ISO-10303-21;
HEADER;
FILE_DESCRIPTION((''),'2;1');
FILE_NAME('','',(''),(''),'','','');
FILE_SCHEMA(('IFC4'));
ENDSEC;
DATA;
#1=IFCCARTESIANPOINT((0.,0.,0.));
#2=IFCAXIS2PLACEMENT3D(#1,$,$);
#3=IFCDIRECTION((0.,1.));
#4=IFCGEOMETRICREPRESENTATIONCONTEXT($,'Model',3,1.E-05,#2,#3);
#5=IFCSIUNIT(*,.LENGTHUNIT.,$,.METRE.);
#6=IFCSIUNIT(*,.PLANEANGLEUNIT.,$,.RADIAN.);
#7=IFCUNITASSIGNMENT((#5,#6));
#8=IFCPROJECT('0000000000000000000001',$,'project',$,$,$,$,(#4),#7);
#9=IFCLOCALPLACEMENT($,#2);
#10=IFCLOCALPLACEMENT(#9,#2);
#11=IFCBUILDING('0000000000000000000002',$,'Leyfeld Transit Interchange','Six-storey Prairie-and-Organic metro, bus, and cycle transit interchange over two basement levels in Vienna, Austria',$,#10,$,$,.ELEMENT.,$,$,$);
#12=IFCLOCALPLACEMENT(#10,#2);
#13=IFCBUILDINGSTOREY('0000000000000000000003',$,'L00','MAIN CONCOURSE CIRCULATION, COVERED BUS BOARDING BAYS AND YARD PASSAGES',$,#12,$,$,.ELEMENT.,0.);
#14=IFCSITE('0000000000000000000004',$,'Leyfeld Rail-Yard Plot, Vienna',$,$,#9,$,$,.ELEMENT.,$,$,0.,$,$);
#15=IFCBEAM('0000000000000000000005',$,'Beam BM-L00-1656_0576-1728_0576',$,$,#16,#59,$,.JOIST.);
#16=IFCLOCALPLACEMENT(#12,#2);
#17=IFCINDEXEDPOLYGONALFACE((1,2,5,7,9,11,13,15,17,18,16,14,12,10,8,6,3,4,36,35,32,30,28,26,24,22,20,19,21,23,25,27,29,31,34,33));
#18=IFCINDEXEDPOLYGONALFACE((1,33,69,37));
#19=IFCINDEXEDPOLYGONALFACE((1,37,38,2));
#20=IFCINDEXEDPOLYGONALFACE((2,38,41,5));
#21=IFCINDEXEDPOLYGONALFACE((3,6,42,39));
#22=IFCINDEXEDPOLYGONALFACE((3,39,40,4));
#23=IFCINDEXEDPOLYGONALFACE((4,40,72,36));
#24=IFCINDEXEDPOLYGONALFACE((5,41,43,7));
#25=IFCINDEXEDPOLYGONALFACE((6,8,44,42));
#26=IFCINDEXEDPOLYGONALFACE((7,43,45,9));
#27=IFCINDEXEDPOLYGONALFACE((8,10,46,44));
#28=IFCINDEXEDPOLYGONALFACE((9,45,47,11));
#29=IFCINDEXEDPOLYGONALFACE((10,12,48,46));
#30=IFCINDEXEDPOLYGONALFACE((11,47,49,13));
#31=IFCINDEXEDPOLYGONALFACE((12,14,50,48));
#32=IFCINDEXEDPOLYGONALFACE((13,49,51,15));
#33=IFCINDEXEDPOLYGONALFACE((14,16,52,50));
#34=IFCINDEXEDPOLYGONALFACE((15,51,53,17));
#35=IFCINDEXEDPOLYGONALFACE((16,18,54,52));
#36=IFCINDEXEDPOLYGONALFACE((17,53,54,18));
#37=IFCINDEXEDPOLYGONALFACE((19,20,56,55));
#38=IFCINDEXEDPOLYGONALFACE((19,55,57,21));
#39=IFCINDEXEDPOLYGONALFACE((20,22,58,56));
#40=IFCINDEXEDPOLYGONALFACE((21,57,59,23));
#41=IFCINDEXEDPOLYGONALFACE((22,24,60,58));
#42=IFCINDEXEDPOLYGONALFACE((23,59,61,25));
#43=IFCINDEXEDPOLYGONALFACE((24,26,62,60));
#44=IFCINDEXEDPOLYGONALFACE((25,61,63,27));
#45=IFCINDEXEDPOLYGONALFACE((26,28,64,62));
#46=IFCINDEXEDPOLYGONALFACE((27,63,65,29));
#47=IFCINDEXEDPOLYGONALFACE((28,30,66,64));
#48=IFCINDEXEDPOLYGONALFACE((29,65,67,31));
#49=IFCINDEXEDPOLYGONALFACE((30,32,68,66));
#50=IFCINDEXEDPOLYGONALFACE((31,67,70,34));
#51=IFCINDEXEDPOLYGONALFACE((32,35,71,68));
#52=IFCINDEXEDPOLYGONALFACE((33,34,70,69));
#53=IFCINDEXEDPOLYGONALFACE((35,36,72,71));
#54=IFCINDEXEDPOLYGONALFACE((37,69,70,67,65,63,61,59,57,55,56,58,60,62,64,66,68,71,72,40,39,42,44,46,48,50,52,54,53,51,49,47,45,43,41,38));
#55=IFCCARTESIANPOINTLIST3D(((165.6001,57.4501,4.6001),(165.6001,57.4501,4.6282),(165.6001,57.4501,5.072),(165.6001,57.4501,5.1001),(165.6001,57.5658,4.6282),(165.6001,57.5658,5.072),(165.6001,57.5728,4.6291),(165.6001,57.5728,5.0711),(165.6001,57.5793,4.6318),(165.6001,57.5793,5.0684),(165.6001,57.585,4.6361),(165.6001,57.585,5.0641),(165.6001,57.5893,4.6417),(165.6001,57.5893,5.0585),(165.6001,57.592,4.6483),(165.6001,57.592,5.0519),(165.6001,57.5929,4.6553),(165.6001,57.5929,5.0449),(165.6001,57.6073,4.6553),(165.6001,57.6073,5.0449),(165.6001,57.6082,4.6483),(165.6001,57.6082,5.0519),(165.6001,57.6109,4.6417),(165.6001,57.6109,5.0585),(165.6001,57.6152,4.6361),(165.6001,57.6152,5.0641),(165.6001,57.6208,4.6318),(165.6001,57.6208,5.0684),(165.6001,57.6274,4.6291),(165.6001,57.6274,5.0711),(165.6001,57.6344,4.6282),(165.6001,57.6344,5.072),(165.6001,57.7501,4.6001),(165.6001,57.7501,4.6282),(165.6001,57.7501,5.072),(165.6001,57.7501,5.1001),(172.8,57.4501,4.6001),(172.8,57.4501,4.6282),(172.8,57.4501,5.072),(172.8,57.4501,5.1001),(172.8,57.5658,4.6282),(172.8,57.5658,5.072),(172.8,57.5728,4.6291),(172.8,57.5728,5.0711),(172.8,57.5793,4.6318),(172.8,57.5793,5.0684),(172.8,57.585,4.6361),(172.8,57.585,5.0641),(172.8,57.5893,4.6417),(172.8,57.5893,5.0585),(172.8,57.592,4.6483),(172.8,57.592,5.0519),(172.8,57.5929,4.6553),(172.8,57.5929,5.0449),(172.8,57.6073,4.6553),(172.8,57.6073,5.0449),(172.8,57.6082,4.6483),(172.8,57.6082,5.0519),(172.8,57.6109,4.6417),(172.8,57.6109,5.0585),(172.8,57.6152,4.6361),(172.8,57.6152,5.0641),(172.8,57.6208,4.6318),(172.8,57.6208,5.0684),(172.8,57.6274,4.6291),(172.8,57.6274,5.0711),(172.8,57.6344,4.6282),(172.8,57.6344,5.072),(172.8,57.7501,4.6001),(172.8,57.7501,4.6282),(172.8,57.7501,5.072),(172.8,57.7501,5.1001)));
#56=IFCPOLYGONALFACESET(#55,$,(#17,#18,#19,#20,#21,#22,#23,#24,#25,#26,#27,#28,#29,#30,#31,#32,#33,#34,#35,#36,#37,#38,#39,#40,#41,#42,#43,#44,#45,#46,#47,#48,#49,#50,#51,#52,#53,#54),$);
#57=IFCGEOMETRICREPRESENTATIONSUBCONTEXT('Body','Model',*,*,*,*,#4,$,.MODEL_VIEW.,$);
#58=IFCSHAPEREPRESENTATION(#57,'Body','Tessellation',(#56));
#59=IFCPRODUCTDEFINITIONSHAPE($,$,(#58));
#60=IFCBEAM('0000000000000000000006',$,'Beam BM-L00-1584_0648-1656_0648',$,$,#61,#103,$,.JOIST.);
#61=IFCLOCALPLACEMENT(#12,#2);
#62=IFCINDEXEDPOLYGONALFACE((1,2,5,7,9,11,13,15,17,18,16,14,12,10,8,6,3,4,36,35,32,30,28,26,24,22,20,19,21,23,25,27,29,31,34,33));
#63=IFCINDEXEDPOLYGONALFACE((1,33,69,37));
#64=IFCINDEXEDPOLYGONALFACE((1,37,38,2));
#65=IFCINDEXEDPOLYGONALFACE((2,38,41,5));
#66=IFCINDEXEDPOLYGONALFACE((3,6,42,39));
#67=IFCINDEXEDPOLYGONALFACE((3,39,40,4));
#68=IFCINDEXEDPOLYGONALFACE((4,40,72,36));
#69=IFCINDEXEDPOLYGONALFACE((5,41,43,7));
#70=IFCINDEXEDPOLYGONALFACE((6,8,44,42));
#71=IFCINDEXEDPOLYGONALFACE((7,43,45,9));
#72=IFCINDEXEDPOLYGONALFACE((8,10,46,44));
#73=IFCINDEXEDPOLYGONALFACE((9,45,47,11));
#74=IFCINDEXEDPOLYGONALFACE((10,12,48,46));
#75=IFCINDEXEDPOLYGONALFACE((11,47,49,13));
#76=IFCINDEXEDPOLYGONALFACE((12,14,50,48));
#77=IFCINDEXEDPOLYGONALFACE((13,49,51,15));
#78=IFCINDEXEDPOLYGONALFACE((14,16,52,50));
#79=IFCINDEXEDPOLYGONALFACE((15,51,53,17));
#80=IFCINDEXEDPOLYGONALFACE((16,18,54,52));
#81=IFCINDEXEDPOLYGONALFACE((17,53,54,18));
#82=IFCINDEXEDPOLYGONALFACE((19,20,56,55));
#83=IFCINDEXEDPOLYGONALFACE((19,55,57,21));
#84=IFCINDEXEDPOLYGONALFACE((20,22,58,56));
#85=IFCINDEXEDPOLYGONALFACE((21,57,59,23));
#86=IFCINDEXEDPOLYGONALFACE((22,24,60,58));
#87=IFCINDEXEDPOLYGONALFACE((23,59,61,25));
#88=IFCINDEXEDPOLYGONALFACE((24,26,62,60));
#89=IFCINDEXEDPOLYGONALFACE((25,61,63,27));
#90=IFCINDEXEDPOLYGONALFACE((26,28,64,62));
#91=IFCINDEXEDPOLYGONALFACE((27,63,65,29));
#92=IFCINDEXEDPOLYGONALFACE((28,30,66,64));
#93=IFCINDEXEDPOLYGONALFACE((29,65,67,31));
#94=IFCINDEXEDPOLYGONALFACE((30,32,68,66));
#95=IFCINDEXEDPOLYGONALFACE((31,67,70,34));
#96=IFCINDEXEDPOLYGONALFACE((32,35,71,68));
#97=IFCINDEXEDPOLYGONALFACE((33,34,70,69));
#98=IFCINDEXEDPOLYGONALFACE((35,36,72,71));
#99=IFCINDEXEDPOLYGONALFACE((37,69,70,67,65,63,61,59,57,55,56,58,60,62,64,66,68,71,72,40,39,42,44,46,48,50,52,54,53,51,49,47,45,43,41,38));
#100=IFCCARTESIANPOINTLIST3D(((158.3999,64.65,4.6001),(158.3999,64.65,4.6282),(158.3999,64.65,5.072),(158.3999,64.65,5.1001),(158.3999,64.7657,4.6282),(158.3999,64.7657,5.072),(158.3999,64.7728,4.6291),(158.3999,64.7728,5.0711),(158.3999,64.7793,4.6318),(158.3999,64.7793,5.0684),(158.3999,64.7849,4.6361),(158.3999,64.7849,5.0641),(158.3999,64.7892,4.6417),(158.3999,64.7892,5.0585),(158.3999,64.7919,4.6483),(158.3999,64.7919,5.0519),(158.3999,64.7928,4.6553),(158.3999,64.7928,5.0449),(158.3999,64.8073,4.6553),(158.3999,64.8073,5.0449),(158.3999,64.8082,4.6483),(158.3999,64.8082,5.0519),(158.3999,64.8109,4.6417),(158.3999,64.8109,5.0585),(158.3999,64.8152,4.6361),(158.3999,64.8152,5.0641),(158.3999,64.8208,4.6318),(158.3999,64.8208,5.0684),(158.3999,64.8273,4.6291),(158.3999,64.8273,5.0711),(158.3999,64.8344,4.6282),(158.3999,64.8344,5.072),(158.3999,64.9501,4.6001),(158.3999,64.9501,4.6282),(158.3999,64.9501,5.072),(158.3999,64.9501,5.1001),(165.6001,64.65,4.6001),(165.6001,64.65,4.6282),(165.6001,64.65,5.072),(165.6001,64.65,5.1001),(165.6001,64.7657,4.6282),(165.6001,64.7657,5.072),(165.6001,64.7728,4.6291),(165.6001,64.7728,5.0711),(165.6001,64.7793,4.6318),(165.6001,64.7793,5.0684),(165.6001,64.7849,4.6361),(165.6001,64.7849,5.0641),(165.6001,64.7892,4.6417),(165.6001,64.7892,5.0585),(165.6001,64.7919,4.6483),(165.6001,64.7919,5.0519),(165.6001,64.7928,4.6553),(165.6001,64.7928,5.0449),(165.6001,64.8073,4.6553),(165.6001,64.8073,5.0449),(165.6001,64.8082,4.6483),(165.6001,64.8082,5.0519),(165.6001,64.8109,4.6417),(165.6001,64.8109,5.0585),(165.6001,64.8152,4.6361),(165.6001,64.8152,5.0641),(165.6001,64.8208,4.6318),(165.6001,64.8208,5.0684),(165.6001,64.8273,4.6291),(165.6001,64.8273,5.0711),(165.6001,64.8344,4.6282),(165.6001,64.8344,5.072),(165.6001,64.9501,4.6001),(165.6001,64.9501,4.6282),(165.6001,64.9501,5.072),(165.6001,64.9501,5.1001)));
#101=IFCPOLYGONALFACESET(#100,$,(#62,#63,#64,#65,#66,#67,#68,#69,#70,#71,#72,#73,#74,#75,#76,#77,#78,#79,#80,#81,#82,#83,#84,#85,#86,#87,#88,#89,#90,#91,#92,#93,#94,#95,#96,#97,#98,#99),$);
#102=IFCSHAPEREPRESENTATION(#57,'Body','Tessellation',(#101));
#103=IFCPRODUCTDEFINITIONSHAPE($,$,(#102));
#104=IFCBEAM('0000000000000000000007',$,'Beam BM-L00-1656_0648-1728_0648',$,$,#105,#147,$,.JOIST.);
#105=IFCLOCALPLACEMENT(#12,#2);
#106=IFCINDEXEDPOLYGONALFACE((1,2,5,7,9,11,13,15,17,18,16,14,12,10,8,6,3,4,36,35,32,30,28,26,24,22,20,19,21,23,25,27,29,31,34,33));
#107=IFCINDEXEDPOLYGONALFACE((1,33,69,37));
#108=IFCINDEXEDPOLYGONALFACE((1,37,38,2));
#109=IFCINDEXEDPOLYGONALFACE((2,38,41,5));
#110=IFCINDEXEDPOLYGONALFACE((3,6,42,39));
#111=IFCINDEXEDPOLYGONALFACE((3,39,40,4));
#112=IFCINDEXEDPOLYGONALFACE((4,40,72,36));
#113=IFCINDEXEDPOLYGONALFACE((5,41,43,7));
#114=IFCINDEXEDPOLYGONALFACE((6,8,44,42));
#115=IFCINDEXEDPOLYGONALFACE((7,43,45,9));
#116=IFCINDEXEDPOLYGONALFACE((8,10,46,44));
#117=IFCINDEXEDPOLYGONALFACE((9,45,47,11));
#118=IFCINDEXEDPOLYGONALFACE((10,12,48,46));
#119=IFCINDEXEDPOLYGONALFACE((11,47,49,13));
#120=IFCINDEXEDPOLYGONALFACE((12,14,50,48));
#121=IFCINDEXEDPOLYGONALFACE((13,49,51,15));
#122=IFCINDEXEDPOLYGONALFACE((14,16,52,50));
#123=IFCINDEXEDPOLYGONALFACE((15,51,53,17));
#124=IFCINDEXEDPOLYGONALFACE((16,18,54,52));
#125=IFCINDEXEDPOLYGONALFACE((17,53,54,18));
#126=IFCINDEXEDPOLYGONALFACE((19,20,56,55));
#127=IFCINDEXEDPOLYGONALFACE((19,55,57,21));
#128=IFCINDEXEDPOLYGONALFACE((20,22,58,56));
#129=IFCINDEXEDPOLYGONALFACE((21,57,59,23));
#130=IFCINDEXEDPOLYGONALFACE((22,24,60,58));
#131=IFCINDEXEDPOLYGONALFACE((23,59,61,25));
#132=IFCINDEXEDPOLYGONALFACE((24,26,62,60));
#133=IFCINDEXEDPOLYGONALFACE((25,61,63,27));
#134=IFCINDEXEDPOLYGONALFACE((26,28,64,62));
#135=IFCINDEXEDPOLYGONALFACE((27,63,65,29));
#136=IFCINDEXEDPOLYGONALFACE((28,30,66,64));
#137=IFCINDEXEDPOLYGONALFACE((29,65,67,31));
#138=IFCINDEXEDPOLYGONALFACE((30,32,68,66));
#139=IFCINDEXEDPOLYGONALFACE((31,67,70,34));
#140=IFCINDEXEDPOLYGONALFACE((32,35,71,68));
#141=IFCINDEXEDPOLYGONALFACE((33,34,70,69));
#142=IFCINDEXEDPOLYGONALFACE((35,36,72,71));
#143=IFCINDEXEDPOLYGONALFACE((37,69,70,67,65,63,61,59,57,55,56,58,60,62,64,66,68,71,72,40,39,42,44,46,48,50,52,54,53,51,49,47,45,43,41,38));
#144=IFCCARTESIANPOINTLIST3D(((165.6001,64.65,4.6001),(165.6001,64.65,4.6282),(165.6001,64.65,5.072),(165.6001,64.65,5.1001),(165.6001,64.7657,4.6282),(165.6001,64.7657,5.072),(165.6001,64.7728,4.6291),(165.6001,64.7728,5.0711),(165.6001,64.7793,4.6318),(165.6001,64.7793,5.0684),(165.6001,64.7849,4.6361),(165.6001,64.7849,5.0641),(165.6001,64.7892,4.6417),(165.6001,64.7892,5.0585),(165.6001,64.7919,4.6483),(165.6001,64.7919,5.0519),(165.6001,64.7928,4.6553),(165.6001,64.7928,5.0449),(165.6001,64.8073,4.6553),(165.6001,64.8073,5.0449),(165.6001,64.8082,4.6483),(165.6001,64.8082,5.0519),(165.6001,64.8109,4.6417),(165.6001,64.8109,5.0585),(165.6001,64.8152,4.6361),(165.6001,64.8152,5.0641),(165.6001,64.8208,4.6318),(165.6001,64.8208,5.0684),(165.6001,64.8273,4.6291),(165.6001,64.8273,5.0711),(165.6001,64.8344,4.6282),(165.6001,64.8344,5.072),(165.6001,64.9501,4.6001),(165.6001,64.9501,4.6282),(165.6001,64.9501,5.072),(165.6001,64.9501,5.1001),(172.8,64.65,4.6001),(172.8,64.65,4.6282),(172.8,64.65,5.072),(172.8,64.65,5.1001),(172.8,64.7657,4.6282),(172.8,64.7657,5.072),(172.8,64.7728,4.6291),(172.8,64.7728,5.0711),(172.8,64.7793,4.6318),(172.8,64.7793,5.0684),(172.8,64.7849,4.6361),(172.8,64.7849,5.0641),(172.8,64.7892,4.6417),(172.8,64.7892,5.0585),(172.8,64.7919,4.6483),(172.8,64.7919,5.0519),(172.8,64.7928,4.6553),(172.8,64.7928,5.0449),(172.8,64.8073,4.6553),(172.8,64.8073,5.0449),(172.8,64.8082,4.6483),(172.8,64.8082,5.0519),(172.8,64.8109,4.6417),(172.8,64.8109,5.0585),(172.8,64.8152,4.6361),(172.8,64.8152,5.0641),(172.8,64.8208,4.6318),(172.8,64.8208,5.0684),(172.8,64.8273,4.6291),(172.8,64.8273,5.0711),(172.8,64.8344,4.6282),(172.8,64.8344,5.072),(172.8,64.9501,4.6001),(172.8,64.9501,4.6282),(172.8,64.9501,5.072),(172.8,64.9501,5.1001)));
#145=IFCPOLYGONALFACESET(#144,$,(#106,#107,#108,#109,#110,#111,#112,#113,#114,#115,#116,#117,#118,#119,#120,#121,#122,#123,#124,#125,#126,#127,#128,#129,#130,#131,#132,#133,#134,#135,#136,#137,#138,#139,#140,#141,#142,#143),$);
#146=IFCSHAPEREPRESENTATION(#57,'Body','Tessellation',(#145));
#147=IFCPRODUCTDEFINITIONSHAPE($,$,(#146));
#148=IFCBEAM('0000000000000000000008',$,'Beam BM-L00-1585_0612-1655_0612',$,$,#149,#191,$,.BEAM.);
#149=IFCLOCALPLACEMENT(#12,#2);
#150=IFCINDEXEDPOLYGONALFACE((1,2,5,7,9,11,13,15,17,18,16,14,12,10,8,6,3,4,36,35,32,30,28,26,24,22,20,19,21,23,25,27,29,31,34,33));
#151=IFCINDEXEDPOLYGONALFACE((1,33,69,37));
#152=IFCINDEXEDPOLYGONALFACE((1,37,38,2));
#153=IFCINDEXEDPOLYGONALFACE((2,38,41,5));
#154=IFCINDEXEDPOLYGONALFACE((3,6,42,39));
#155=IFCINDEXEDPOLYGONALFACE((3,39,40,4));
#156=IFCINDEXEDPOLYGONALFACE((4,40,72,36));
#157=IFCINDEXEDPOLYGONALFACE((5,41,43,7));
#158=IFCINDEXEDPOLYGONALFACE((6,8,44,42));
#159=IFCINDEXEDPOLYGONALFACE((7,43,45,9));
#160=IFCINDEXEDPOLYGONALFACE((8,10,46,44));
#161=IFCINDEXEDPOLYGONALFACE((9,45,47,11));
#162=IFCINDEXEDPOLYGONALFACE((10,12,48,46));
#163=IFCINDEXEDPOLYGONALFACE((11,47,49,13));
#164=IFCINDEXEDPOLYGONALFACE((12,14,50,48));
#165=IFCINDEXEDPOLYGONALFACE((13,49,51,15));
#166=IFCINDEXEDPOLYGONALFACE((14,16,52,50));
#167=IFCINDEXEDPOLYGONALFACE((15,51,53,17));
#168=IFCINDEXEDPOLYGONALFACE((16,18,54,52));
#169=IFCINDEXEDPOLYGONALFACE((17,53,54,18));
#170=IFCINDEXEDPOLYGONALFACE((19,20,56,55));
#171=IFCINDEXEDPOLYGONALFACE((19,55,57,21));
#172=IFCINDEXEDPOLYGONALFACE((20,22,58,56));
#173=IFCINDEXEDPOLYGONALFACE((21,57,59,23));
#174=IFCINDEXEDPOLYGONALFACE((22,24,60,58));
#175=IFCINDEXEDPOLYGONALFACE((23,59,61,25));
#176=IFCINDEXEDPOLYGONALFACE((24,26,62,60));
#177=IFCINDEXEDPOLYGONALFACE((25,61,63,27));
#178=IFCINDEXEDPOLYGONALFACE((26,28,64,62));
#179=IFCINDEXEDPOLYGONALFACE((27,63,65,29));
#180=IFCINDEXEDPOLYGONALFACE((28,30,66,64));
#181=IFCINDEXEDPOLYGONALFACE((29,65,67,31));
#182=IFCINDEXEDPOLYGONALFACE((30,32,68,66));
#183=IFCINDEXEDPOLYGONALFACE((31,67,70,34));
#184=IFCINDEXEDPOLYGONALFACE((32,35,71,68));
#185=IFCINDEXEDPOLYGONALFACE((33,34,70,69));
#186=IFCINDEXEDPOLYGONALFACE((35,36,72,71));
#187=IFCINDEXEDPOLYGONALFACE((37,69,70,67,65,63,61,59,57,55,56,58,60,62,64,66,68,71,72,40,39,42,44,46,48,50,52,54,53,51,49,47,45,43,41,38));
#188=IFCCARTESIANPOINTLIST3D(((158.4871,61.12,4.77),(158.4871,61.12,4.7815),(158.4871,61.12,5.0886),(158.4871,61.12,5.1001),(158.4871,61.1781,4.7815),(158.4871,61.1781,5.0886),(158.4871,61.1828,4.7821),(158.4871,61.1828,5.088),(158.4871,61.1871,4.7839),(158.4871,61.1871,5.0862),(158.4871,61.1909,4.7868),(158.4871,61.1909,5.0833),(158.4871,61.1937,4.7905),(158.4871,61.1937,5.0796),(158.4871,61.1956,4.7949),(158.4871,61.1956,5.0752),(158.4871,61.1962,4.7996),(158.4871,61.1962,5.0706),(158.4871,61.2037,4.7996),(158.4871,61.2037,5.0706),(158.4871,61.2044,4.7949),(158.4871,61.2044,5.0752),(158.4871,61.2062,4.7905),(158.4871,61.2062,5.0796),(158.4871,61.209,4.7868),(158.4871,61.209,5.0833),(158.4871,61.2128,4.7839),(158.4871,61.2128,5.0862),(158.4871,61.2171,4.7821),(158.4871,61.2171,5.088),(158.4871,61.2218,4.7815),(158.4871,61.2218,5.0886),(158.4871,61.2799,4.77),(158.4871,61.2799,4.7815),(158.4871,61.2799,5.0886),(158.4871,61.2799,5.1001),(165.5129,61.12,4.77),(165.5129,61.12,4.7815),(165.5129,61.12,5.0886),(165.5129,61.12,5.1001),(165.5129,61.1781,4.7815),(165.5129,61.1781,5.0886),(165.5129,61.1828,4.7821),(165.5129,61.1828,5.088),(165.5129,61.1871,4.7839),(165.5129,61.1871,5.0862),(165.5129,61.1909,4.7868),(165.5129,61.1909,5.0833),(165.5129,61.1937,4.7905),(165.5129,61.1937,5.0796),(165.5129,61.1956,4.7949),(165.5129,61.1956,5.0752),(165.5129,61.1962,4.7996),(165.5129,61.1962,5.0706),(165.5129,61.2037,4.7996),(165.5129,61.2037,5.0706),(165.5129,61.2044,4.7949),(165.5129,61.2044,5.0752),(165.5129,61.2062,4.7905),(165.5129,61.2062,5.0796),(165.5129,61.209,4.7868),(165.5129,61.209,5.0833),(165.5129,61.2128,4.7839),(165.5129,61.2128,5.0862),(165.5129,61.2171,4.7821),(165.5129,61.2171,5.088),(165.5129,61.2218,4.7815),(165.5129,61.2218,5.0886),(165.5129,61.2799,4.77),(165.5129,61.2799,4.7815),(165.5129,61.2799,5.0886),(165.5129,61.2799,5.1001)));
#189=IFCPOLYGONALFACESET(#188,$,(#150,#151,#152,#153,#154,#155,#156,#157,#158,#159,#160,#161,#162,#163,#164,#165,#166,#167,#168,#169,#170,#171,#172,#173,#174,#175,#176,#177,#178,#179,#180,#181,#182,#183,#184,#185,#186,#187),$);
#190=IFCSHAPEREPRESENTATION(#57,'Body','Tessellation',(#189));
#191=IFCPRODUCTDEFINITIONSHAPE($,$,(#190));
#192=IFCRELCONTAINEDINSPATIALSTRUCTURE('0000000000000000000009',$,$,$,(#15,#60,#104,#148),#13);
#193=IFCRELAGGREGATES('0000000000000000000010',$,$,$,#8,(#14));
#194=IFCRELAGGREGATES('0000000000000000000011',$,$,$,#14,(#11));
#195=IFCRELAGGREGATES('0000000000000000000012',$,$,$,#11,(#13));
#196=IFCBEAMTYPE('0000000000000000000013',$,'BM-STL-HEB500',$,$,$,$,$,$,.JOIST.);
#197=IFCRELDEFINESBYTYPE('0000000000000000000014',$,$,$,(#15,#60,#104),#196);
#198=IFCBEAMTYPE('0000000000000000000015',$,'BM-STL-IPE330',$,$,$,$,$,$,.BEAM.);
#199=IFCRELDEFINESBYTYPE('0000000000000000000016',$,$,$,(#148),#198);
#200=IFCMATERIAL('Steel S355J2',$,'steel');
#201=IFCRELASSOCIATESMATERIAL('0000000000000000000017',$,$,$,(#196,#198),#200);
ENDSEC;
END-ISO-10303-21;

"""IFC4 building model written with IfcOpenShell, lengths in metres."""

from ifc_helpers import new_model, si_unit, direction, frame, origin, origin_2d, place, context, subcontext, project, spatial, i_section, extrude, material, material_profile, profile_set, type_object, element, save


model = new_model("IFC4")

# Units and contexts
model_context = context("Model", 3, precision=1e-05, world=origin(), true_north=direction((0.0, 1.0)))
body_context = subcontext(model_context, "Body", "Model", "MODEL_VIEW")
ifc_project = project(units=[si_unit("LENGTHUNIT", "METRE"), si_unit("PLANEANGLEUNIT", "RADIAN")], contexts=[model_context])

# Site, building, storey
site_placement = place(None, origin())
site = spatial("IfcSite", under=ifc_project, at=site_placement, Name="Leyfeld Rail-Yard Plot, Vienna", CompositionType="ELEMENT", RefElevation=0.0)
building_placement = place(site_placement, origin())
building = spatial("IfcBuilding", under=site, at=building_placement, Name="Leyfeld Transit Interchange", Description="Six-storey Prairie-and-Organic metro, bus, and cycle transit interchange over two basement levels in Vienna, Austria", CompositionType="ELEMENT")
storey_placement = place(building_placement, origin())
storey = spatial("IfcBuildingStorey", under=building, at=storey_placement, Name="L00", Description="MAIN CONCOURSE CIRCULATION, COVERED BUS BOARDING BAYS AND YARD PASSAGES", CompositionType="ELEMENT", Elevation=0.0)

# Shared definitions
ifc_material_1 = material(Name="Steel S355J2", Category="steel")

# Beams
ifc_material_profile_1 = material_profile(ifc_material_1, i_section(OverallWidth=0.3, OverallDepth=0.5, WebThickness=0.0144, FlangeThickness=0.0281, FilletRadius=0.0271, at=origin_2d()), Name="HEB 500")
ifc_profile_set_1 = profile_set([ifc_material_profile_1], Name="Steel S355J2")
beam_type_1 = type_object("IfcBeamType", Name="BM-STL-HEB500", PredefinedType="JOIST", material=ifc_profile_set_1)
beam_1_placement = place(storey_placement, frame((165.6001, 57.6001, 4.8501), z_axis=(1.0, 0.0, 0.0), x_axis=(0.0, 1.0, 0.0)))
element("IfcBeam", 1, at=beam_1_placement, inside=storey, type_object=beam_type_1, Name="Beam BM-L00-1656_0576-1728_0576", PredefinedType="JOIST", context=body_context, shape_type="SweptSolid", body=[
    extrude(i_section(OverallWidth=0.3, OverallDepth=0.5, WebThickness=0.0144, FlangeThickness=0.0281, FilletRadius=0.0271, at=origin_2d()), origin(), (0.0, 0.0, 1.0), 7.2),
])
beam_2_placement = place(storey_placement, frame((158.3999, 64.8, 4.8501), z_axis=(1.0, 0.0, 0.0), x_axis=(0.0, 1.0, 0.0)))
element("IfcBeam", 2, at=beam_2_placement, inside=storey, type_object=beam_type_1, Name="Beam BM-L00-1584_0648-1656_0648", PredefinedType="JOIST", context=body_context, shape_type="SweptSolid", body=[
    extrude(i_section(OverallWidth=0.3, OverallDepth=0.5, WebThickness=0.0144, FlangeThickness=0.0281, FilletRadius=0.0271, at=origin_2d()), origin(), (0.0, 0.0, 1.0), 7.2002),
])
beam_3_placement = place(storey_placement, frame((165.6001, 64.8, 4.8501), z_axis=(1.0, 0.0, 0.0), x_axis=(0.0, 1.0, 0.0)))
element("IfcBeam", 3, at=beam_3_placement, inside=storey, type_object=beam_type_1, Name="Beam BM-L00-1656_0648-1728_0648", PredefinedType="JOIST", context=body_context, shape_type="SweptSolid", body=[
    extrude(i_section(OverallWidth=0.3, OverallDepth=0.5, WebThickness=0.0144, FlangeThickness=0.0281, FilletRadius=0.0271, at=origin_2d()), origin(), (0.0, 0.0, 1.0), 7.2),
])
ifc_material_profile_2 = material_profile(ifc_material_1, i_section(OverallWidth=0.1599, OverallDepth=0.3301, WebThickness=0.0076, FlangeThickness=0.0115, FilletRadius=0.0181, at=origin_2d()), Name="IPE 330")
ifc_profile_set_2 = profile_set([ifc_material_profile_2], Name="Steel S355J2")
beam_type_2 = type_object("IfcBeamType", Name="BM-STL-IPE330", PredefinedType="BEAM", material=ifc_profile_set_2)
for number, where, z_axis, x_axis, name in (
    (4, (158.4871, 61.2, 4.9351), (1.0, 0.0, 0.0), (0.0, 1.0, 0.0), "Beam BM-L00-1585_0612-1655_0612"),
):
    element("IfcBeam", number, at=place(storey_placement, frame(where, z_axis=z_axis, x_axis=x_axis)), inside=storey, type_object=beam_type_2, Name=name, PredefinedType="BEAM", context=body_context, shape_type="SweptSolid", body=[
        extrude(i_section(OverallWidth=0.1599, OverallDepth=0.3301, WebThickness=0.0076, FlangeThickness=0.0115, FilletRadius=0.0181, at=origin_2d()), origin(), (0.0, 0.0, 1.0), 7.0259),
    ])

save(model, "model.ifc")
